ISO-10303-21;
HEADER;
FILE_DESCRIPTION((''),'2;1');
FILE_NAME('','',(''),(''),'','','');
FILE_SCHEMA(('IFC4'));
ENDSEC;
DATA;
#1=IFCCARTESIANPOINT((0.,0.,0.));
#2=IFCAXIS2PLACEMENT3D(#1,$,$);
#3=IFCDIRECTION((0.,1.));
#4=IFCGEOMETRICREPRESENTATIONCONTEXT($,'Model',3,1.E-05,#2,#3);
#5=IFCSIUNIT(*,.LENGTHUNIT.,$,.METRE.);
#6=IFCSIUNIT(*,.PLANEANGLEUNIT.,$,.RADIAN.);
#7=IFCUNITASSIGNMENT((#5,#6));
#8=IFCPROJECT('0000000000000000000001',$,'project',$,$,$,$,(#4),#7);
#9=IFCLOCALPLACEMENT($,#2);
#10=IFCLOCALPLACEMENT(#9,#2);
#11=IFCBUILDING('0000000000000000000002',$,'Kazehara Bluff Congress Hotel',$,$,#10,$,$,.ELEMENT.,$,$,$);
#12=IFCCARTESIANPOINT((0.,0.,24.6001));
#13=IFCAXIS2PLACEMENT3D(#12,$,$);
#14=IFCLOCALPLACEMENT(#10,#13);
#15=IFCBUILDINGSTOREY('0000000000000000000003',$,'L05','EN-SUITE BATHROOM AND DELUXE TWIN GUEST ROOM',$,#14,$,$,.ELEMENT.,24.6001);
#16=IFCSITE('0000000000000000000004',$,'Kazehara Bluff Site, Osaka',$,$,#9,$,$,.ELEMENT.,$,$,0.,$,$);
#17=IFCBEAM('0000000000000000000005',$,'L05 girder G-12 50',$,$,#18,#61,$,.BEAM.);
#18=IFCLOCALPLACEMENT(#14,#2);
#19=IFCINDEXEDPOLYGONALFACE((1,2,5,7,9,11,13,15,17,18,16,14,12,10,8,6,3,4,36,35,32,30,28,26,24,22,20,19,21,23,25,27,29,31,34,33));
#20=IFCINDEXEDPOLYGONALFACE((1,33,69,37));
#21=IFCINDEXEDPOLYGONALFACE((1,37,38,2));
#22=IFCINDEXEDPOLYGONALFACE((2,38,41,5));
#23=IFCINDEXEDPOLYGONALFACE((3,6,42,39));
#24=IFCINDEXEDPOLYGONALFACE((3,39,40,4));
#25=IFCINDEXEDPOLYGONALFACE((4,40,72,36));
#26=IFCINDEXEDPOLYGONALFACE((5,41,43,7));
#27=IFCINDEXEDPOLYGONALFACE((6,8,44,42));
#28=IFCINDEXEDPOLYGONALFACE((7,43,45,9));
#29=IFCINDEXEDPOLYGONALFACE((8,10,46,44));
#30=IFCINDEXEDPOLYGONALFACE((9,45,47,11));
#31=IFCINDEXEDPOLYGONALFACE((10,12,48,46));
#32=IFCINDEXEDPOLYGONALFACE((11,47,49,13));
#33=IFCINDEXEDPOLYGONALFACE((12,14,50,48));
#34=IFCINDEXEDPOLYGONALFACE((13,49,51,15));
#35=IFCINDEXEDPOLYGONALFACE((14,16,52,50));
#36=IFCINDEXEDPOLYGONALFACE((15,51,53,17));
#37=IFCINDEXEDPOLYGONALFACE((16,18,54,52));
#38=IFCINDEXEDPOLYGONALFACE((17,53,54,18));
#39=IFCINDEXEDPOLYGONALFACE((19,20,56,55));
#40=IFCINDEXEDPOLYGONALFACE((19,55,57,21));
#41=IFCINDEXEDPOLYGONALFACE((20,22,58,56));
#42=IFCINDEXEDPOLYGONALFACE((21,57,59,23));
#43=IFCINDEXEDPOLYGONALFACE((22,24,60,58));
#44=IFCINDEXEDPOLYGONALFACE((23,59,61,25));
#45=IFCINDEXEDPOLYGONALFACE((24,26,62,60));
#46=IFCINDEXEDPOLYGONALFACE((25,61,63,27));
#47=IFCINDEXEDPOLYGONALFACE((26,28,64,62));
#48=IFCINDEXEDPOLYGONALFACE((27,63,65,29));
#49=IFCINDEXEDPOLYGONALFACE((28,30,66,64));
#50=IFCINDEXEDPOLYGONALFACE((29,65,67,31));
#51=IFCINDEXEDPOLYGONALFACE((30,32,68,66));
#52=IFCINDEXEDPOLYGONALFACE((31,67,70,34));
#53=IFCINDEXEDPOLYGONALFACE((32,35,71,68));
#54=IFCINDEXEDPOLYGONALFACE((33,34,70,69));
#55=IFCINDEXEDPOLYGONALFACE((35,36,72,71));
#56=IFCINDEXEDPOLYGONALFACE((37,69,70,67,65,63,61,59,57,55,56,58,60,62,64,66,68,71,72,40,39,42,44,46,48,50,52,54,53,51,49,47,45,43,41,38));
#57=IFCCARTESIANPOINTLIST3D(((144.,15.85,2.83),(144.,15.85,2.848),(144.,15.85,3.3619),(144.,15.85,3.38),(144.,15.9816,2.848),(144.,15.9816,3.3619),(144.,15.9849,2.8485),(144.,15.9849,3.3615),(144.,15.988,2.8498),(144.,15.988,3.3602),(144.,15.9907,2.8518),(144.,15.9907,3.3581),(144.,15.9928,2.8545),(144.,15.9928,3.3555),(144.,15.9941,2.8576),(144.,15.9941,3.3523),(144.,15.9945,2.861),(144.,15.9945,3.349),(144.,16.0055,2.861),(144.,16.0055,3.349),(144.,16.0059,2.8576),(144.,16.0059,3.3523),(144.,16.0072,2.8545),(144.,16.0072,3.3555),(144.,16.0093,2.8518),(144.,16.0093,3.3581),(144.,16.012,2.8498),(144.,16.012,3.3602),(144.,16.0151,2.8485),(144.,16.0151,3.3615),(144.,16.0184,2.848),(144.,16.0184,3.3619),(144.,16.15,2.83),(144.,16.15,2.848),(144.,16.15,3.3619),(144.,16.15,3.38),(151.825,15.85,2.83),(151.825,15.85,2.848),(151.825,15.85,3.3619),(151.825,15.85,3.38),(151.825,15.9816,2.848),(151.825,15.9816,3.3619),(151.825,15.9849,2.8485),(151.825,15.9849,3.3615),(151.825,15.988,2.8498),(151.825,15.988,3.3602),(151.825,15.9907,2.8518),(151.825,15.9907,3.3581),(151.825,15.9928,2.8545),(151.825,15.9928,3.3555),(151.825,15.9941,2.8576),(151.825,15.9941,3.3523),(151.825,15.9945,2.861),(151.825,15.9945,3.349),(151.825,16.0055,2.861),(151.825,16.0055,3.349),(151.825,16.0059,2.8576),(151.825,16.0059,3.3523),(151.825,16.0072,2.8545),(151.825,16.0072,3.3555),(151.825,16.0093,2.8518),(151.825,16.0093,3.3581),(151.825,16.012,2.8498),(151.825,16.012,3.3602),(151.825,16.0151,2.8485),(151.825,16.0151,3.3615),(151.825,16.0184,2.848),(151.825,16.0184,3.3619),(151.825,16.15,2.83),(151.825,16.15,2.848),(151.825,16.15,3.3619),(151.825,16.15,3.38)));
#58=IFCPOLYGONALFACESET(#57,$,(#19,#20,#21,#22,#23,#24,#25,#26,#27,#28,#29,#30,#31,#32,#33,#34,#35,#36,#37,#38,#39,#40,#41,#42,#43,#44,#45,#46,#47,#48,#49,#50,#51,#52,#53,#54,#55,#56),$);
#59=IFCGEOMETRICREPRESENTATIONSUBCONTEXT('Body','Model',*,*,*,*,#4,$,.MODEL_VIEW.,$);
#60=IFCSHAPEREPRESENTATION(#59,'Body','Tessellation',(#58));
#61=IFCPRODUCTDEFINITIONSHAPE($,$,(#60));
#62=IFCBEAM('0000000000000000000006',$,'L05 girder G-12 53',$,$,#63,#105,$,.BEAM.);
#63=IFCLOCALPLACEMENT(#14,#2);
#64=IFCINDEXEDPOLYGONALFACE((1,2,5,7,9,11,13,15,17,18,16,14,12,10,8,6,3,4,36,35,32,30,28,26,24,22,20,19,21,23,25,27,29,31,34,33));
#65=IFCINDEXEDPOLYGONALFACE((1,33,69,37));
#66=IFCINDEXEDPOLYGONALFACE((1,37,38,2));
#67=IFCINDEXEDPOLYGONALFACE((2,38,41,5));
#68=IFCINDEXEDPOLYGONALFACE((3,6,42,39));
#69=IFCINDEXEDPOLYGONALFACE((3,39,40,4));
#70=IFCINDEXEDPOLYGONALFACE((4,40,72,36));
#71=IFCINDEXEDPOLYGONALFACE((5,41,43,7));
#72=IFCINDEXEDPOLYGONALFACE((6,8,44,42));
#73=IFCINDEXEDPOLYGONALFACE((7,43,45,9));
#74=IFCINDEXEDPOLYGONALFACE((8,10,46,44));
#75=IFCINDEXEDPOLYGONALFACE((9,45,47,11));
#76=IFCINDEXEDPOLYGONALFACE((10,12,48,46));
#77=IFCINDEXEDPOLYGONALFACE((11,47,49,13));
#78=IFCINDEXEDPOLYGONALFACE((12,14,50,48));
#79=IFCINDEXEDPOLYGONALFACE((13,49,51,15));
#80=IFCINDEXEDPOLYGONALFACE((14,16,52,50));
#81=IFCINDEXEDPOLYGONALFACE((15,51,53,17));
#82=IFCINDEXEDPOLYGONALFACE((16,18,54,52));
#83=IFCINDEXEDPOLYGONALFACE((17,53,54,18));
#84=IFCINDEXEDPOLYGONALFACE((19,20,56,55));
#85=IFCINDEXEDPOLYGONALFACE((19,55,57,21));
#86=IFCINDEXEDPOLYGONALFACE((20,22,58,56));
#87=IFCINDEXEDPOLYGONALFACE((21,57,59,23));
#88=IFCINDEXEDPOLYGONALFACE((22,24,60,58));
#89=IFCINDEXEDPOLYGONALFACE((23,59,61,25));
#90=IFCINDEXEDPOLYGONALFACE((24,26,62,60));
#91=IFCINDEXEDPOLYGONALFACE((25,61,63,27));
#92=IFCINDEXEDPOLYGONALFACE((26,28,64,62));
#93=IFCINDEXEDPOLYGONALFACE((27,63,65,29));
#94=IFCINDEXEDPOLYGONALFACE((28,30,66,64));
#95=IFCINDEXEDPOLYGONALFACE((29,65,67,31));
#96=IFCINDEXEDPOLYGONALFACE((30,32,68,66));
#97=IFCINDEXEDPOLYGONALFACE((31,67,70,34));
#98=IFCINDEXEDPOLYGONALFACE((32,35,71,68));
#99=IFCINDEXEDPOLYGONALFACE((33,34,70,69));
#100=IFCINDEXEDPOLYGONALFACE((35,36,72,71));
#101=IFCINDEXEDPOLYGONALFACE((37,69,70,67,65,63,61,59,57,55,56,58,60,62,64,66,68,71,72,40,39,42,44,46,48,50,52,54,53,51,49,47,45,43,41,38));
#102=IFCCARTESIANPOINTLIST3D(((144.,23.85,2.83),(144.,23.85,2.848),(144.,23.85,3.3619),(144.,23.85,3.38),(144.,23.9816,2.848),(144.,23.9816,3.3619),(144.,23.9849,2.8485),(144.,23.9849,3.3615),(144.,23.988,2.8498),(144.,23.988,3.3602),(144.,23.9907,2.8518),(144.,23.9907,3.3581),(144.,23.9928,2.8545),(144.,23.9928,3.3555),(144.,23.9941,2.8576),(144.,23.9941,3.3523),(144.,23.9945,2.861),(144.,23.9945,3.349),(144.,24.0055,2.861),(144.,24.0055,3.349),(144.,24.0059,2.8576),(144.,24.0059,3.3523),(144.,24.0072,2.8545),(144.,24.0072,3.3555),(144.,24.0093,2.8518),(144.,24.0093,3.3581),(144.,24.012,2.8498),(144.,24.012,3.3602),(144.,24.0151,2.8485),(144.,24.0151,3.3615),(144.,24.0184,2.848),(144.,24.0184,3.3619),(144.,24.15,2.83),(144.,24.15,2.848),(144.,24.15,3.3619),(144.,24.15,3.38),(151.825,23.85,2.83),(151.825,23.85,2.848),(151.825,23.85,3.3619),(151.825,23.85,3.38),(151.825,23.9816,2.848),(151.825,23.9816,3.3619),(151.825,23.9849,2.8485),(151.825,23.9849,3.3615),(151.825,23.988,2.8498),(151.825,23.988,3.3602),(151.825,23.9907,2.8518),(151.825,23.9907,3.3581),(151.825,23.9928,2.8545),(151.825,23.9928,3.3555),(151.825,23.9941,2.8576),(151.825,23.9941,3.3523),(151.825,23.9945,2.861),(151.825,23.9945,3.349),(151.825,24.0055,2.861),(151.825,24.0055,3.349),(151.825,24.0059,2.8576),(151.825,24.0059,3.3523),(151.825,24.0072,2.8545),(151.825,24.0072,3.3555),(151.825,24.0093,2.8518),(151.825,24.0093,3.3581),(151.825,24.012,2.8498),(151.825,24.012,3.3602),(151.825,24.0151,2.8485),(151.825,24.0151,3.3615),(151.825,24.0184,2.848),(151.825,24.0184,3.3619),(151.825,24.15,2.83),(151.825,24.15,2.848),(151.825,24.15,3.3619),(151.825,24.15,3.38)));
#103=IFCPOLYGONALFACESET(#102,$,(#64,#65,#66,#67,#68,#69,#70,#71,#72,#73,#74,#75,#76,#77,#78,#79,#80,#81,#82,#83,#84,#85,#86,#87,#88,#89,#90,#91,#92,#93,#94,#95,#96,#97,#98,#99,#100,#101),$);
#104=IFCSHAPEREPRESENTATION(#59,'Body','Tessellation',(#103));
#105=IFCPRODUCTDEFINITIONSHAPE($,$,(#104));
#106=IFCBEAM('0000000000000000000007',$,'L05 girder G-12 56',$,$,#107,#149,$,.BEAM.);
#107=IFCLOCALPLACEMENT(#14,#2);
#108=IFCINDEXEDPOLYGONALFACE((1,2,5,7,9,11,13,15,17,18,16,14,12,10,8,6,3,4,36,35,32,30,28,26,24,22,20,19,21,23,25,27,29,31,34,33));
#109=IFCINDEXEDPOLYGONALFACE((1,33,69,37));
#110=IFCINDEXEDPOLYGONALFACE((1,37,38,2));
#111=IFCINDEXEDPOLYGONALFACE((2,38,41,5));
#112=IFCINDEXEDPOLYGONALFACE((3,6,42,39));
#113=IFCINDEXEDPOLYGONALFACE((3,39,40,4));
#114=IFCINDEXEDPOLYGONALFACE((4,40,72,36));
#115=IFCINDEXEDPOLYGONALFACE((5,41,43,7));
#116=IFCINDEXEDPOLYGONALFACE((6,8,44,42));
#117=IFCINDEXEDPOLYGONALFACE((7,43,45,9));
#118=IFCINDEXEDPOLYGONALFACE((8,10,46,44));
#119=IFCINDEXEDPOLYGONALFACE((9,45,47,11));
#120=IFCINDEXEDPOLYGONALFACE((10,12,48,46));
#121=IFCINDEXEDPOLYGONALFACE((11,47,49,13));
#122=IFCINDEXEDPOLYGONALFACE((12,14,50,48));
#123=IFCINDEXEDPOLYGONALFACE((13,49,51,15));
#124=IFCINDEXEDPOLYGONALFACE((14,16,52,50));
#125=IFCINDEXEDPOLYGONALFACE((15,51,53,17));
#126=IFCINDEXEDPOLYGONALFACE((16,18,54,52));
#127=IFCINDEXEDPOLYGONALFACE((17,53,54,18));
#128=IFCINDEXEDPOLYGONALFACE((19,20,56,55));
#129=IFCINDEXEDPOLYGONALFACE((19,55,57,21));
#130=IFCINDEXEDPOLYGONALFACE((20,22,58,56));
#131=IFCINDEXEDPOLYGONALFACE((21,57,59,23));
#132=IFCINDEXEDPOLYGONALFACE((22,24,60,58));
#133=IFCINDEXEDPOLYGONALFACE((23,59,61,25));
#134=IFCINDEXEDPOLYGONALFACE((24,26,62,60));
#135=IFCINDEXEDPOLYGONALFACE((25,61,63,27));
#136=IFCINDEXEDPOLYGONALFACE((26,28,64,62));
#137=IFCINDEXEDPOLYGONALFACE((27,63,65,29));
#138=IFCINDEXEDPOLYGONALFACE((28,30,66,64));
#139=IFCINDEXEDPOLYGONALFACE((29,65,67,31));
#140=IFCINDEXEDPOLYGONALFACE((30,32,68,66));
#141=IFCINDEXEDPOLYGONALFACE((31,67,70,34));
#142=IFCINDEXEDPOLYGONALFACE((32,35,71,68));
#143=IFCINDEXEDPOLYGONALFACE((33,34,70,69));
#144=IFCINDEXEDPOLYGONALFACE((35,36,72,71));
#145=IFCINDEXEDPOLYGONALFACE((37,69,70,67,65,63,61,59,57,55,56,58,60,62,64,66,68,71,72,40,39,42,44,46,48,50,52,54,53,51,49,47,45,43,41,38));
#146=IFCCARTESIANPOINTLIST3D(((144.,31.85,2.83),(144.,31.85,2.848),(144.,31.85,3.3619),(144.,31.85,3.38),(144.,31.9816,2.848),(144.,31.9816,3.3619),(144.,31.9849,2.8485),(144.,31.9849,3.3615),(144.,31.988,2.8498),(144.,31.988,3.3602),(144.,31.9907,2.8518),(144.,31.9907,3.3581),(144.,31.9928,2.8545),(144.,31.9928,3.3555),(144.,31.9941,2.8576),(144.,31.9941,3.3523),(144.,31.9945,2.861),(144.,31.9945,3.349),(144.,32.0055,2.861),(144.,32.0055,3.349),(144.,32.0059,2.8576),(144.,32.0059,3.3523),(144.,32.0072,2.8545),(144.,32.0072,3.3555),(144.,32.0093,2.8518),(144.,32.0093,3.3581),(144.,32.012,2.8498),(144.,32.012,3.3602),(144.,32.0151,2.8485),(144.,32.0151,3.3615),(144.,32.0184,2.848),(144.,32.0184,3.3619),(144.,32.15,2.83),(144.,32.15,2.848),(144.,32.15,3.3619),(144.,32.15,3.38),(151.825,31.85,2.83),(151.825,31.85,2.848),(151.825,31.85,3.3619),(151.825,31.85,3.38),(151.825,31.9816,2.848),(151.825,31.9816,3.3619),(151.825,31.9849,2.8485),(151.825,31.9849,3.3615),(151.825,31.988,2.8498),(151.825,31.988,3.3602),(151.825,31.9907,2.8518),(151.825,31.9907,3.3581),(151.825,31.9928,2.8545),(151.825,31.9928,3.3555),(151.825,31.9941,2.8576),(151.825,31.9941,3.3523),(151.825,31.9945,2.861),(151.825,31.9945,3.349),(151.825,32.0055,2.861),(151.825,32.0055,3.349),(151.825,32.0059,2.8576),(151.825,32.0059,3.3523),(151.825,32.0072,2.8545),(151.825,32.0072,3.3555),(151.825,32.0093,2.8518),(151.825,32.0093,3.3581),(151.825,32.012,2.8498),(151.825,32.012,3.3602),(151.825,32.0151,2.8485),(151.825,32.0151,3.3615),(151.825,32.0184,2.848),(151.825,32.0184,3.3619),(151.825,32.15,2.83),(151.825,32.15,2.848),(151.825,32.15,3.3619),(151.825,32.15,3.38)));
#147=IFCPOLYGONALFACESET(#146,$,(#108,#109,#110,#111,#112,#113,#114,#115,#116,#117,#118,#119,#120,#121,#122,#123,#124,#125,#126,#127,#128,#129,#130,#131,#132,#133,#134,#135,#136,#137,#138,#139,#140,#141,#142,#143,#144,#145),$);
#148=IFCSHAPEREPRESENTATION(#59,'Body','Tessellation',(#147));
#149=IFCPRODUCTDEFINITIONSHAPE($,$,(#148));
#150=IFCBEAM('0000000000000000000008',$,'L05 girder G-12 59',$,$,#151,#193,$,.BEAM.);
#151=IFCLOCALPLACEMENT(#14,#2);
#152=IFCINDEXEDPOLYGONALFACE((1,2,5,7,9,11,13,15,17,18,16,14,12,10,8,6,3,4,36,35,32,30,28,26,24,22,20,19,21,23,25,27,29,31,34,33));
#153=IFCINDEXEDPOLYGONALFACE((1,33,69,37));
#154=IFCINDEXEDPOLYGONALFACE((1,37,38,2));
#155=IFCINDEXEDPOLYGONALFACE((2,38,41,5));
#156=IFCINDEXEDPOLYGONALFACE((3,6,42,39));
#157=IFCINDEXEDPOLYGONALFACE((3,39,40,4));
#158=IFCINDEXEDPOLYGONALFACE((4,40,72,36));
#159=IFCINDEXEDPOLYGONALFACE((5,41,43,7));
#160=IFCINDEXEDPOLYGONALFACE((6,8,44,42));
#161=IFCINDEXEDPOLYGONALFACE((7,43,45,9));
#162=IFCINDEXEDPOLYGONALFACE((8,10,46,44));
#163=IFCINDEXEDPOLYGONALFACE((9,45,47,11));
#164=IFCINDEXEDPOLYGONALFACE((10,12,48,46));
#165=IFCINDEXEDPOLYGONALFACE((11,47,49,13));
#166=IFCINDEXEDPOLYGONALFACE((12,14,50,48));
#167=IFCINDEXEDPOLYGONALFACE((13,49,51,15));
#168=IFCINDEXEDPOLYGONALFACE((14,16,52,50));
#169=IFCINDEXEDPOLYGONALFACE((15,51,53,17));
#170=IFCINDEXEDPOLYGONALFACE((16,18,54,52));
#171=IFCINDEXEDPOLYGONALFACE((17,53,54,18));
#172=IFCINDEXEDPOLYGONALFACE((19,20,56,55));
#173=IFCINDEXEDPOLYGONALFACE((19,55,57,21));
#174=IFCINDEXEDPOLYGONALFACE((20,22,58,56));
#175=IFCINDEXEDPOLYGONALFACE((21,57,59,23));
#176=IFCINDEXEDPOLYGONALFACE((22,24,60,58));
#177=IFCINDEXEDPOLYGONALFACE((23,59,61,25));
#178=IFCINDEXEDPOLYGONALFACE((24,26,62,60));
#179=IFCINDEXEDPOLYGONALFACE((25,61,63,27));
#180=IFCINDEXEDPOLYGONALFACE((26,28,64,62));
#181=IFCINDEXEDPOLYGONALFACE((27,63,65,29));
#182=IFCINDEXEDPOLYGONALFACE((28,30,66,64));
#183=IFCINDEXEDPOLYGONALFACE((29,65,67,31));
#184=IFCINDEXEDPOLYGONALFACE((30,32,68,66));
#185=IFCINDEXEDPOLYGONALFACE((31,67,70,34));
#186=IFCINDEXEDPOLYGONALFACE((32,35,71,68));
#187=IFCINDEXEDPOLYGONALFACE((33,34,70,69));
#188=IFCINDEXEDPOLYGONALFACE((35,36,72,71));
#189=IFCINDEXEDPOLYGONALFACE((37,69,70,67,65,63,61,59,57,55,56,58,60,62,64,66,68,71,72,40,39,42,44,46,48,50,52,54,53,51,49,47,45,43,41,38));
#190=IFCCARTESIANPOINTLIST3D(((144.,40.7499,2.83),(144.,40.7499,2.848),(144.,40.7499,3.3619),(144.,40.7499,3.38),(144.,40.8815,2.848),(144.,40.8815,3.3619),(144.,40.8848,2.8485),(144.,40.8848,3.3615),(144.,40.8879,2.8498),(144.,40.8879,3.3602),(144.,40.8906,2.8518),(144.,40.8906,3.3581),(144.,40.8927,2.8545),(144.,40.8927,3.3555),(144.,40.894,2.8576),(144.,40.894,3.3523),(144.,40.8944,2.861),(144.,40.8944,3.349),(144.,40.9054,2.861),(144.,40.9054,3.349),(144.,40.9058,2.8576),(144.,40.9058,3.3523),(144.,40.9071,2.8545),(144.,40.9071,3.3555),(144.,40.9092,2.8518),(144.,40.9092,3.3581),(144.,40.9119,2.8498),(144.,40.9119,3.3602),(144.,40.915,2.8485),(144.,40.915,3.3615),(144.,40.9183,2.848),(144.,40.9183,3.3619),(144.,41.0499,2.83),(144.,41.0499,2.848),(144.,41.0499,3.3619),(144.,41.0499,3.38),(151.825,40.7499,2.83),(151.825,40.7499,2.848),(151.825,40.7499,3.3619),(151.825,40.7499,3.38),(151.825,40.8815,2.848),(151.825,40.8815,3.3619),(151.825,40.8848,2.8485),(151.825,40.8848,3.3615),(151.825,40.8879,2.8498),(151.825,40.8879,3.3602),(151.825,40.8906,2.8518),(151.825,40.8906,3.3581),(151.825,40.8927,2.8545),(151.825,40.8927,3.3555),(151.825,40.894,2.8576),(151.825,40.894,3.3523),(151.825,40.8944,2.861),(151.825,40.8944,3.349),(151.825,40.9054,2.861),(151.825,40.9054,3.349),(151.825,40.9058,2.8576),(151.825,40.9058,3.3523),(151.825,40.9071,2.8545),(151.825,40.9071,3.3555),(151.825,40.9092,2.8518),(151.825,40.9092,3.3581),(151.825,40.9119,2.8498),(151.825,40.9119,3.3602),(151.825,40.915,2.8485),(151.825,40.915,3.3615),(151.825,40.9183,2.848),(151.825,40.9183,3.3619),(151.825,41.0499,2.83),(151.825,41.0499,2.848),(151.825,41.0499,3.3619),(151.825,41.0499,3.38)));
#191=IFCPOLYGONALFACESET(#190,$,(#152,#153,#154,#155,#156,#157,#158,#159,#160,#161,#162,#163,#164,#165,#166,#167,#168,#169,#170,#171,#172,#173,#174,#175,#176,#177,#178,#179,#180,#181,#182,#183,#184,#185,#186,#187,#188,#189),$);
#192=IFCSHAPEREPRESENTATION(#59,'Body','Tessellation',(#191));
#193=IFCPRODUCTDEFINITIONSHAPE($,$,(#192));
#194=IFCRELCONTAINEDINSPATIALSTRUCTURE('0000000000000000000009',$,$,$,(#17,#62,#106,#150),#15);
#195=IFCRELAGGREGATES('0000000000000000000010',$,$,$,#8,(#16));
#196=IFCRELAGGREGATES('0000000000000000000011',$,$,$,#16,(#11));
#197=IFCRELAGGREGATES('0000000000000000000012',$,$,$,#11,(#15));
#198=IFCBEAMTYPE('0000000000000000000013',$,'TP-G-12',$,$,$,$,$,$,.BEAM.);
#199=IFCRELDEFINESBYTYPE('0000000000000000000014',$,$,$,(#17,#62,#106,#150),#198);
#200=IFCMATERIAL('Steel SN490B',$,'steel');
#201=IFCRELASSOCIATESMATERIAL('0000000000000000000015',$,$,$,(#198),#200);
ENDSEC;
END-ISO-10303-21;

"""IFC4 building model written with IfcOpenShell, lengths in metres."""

from ifc_helpers import new_model, si_unit, direction, frame, origin, origin_2d, place, context, subcontext, project, spatial, i_section, extrude, material, material_profile, profile_set, type_object, element, save


model = new_model("IFC4")

# Units and contexts
model_context = context("Model", 3, precision=1e-05, world=origin(), true_north=direction((0.0, 1.0)))
body_context = subcontext(model_context, "Body", "Model", "MODEL_VIEW")
ifc_project = project(units=[si_unit("LENGTHUNIT", "METRE"), si_unit("PLANEANGLEUNIT", "RADIAN")], contexts=[model_context])

# Site, building, storey
site_placement = place(None, origin())
site = spatial("IfcSite", under=ifc_project, at=site_placement, Name="Kazehara Bluff Site, Osaka", CompositionType="ELEMENT", RefElevation=0.0)
building_placement = place(site_placement, origin())
building = spatial("IfcBuilding", under=site, at=building_placement, Name="Kazehara Bluff Congress Hotel", CompositionType="ELEMENT")
storey_placement = place(building_placement, frame((0.0, 0.0, 24.6001)))
storey = spatial("IfcBuildingStorey", under=building, at=storey_placement, Name="L05", Description="EN-SUITE BATHROOM AND DELUXE TWIN GUEST ROOM", CompositionType="ELEMENT", Elevation=24.6001)

# Beams
ifc_material_1 = material(Name="Steel SN490B", Category="steel")
ifc_material_profile_1 = material_profile(ifc_material_1, i_section(OverallWidth=0.3, OverallDepth=0.55, WebThickness=0.011, FlangeThickness=0.0181, FilletRadius=0.0129, at=origin_2d()))
ifc_profile_set_1 = profile_set([ifc_material_profile_1], Name="Steel SN490B")
beam_type_1 = type_object("IfcBeamType", Name="TP-G-12", PredefinedType="BEAM", material=ifc_profile_set_1)
for number, where, z_axis, x_axis, name in (
    (1, (144.0, 16.0, 3.105), (1.0, 0.0, 0.0), (0.0, 1.0, 0.0), "L05 girder G-12 50"),
    (2, (144.0, 24.0, 3.105), (1.0, 0.0, 0.0), (0.0, 1.0, 0.0), "L05 girder G-12 53"),
    (3, (144.0, 32.0, 3.105), (1.0, 0.0, 0.0), (0.0, 1.0, 0.0), "L05 girder G-12 56"),
    (4, (144.0, 40.8999, 3.105), (1.0, 0.0, 0.0), (0.0, 1.0, 0.0), "L05 girder G-12 59"),
):
    element("IfcBeam", number, at=place(storey_placement, frame(where, z_axis=z_axis, x_axis=x_axis)), inside=storey, type_object=beam_type_1, Name=name, PredefinedType="BEAM", context=body_context, shape_type="SweptSolid", body=[
        extrude(i_section(OverallWidth=0.3, OverallDepth=0.55, WebThickness=0.011, FlangeThickness=0.0181, FilletRadius=0.0129, at=origin_2d()), origin(), (0.0, 0.0, 1.0), 7.825),
    ])

save(model, "model.ifc")
